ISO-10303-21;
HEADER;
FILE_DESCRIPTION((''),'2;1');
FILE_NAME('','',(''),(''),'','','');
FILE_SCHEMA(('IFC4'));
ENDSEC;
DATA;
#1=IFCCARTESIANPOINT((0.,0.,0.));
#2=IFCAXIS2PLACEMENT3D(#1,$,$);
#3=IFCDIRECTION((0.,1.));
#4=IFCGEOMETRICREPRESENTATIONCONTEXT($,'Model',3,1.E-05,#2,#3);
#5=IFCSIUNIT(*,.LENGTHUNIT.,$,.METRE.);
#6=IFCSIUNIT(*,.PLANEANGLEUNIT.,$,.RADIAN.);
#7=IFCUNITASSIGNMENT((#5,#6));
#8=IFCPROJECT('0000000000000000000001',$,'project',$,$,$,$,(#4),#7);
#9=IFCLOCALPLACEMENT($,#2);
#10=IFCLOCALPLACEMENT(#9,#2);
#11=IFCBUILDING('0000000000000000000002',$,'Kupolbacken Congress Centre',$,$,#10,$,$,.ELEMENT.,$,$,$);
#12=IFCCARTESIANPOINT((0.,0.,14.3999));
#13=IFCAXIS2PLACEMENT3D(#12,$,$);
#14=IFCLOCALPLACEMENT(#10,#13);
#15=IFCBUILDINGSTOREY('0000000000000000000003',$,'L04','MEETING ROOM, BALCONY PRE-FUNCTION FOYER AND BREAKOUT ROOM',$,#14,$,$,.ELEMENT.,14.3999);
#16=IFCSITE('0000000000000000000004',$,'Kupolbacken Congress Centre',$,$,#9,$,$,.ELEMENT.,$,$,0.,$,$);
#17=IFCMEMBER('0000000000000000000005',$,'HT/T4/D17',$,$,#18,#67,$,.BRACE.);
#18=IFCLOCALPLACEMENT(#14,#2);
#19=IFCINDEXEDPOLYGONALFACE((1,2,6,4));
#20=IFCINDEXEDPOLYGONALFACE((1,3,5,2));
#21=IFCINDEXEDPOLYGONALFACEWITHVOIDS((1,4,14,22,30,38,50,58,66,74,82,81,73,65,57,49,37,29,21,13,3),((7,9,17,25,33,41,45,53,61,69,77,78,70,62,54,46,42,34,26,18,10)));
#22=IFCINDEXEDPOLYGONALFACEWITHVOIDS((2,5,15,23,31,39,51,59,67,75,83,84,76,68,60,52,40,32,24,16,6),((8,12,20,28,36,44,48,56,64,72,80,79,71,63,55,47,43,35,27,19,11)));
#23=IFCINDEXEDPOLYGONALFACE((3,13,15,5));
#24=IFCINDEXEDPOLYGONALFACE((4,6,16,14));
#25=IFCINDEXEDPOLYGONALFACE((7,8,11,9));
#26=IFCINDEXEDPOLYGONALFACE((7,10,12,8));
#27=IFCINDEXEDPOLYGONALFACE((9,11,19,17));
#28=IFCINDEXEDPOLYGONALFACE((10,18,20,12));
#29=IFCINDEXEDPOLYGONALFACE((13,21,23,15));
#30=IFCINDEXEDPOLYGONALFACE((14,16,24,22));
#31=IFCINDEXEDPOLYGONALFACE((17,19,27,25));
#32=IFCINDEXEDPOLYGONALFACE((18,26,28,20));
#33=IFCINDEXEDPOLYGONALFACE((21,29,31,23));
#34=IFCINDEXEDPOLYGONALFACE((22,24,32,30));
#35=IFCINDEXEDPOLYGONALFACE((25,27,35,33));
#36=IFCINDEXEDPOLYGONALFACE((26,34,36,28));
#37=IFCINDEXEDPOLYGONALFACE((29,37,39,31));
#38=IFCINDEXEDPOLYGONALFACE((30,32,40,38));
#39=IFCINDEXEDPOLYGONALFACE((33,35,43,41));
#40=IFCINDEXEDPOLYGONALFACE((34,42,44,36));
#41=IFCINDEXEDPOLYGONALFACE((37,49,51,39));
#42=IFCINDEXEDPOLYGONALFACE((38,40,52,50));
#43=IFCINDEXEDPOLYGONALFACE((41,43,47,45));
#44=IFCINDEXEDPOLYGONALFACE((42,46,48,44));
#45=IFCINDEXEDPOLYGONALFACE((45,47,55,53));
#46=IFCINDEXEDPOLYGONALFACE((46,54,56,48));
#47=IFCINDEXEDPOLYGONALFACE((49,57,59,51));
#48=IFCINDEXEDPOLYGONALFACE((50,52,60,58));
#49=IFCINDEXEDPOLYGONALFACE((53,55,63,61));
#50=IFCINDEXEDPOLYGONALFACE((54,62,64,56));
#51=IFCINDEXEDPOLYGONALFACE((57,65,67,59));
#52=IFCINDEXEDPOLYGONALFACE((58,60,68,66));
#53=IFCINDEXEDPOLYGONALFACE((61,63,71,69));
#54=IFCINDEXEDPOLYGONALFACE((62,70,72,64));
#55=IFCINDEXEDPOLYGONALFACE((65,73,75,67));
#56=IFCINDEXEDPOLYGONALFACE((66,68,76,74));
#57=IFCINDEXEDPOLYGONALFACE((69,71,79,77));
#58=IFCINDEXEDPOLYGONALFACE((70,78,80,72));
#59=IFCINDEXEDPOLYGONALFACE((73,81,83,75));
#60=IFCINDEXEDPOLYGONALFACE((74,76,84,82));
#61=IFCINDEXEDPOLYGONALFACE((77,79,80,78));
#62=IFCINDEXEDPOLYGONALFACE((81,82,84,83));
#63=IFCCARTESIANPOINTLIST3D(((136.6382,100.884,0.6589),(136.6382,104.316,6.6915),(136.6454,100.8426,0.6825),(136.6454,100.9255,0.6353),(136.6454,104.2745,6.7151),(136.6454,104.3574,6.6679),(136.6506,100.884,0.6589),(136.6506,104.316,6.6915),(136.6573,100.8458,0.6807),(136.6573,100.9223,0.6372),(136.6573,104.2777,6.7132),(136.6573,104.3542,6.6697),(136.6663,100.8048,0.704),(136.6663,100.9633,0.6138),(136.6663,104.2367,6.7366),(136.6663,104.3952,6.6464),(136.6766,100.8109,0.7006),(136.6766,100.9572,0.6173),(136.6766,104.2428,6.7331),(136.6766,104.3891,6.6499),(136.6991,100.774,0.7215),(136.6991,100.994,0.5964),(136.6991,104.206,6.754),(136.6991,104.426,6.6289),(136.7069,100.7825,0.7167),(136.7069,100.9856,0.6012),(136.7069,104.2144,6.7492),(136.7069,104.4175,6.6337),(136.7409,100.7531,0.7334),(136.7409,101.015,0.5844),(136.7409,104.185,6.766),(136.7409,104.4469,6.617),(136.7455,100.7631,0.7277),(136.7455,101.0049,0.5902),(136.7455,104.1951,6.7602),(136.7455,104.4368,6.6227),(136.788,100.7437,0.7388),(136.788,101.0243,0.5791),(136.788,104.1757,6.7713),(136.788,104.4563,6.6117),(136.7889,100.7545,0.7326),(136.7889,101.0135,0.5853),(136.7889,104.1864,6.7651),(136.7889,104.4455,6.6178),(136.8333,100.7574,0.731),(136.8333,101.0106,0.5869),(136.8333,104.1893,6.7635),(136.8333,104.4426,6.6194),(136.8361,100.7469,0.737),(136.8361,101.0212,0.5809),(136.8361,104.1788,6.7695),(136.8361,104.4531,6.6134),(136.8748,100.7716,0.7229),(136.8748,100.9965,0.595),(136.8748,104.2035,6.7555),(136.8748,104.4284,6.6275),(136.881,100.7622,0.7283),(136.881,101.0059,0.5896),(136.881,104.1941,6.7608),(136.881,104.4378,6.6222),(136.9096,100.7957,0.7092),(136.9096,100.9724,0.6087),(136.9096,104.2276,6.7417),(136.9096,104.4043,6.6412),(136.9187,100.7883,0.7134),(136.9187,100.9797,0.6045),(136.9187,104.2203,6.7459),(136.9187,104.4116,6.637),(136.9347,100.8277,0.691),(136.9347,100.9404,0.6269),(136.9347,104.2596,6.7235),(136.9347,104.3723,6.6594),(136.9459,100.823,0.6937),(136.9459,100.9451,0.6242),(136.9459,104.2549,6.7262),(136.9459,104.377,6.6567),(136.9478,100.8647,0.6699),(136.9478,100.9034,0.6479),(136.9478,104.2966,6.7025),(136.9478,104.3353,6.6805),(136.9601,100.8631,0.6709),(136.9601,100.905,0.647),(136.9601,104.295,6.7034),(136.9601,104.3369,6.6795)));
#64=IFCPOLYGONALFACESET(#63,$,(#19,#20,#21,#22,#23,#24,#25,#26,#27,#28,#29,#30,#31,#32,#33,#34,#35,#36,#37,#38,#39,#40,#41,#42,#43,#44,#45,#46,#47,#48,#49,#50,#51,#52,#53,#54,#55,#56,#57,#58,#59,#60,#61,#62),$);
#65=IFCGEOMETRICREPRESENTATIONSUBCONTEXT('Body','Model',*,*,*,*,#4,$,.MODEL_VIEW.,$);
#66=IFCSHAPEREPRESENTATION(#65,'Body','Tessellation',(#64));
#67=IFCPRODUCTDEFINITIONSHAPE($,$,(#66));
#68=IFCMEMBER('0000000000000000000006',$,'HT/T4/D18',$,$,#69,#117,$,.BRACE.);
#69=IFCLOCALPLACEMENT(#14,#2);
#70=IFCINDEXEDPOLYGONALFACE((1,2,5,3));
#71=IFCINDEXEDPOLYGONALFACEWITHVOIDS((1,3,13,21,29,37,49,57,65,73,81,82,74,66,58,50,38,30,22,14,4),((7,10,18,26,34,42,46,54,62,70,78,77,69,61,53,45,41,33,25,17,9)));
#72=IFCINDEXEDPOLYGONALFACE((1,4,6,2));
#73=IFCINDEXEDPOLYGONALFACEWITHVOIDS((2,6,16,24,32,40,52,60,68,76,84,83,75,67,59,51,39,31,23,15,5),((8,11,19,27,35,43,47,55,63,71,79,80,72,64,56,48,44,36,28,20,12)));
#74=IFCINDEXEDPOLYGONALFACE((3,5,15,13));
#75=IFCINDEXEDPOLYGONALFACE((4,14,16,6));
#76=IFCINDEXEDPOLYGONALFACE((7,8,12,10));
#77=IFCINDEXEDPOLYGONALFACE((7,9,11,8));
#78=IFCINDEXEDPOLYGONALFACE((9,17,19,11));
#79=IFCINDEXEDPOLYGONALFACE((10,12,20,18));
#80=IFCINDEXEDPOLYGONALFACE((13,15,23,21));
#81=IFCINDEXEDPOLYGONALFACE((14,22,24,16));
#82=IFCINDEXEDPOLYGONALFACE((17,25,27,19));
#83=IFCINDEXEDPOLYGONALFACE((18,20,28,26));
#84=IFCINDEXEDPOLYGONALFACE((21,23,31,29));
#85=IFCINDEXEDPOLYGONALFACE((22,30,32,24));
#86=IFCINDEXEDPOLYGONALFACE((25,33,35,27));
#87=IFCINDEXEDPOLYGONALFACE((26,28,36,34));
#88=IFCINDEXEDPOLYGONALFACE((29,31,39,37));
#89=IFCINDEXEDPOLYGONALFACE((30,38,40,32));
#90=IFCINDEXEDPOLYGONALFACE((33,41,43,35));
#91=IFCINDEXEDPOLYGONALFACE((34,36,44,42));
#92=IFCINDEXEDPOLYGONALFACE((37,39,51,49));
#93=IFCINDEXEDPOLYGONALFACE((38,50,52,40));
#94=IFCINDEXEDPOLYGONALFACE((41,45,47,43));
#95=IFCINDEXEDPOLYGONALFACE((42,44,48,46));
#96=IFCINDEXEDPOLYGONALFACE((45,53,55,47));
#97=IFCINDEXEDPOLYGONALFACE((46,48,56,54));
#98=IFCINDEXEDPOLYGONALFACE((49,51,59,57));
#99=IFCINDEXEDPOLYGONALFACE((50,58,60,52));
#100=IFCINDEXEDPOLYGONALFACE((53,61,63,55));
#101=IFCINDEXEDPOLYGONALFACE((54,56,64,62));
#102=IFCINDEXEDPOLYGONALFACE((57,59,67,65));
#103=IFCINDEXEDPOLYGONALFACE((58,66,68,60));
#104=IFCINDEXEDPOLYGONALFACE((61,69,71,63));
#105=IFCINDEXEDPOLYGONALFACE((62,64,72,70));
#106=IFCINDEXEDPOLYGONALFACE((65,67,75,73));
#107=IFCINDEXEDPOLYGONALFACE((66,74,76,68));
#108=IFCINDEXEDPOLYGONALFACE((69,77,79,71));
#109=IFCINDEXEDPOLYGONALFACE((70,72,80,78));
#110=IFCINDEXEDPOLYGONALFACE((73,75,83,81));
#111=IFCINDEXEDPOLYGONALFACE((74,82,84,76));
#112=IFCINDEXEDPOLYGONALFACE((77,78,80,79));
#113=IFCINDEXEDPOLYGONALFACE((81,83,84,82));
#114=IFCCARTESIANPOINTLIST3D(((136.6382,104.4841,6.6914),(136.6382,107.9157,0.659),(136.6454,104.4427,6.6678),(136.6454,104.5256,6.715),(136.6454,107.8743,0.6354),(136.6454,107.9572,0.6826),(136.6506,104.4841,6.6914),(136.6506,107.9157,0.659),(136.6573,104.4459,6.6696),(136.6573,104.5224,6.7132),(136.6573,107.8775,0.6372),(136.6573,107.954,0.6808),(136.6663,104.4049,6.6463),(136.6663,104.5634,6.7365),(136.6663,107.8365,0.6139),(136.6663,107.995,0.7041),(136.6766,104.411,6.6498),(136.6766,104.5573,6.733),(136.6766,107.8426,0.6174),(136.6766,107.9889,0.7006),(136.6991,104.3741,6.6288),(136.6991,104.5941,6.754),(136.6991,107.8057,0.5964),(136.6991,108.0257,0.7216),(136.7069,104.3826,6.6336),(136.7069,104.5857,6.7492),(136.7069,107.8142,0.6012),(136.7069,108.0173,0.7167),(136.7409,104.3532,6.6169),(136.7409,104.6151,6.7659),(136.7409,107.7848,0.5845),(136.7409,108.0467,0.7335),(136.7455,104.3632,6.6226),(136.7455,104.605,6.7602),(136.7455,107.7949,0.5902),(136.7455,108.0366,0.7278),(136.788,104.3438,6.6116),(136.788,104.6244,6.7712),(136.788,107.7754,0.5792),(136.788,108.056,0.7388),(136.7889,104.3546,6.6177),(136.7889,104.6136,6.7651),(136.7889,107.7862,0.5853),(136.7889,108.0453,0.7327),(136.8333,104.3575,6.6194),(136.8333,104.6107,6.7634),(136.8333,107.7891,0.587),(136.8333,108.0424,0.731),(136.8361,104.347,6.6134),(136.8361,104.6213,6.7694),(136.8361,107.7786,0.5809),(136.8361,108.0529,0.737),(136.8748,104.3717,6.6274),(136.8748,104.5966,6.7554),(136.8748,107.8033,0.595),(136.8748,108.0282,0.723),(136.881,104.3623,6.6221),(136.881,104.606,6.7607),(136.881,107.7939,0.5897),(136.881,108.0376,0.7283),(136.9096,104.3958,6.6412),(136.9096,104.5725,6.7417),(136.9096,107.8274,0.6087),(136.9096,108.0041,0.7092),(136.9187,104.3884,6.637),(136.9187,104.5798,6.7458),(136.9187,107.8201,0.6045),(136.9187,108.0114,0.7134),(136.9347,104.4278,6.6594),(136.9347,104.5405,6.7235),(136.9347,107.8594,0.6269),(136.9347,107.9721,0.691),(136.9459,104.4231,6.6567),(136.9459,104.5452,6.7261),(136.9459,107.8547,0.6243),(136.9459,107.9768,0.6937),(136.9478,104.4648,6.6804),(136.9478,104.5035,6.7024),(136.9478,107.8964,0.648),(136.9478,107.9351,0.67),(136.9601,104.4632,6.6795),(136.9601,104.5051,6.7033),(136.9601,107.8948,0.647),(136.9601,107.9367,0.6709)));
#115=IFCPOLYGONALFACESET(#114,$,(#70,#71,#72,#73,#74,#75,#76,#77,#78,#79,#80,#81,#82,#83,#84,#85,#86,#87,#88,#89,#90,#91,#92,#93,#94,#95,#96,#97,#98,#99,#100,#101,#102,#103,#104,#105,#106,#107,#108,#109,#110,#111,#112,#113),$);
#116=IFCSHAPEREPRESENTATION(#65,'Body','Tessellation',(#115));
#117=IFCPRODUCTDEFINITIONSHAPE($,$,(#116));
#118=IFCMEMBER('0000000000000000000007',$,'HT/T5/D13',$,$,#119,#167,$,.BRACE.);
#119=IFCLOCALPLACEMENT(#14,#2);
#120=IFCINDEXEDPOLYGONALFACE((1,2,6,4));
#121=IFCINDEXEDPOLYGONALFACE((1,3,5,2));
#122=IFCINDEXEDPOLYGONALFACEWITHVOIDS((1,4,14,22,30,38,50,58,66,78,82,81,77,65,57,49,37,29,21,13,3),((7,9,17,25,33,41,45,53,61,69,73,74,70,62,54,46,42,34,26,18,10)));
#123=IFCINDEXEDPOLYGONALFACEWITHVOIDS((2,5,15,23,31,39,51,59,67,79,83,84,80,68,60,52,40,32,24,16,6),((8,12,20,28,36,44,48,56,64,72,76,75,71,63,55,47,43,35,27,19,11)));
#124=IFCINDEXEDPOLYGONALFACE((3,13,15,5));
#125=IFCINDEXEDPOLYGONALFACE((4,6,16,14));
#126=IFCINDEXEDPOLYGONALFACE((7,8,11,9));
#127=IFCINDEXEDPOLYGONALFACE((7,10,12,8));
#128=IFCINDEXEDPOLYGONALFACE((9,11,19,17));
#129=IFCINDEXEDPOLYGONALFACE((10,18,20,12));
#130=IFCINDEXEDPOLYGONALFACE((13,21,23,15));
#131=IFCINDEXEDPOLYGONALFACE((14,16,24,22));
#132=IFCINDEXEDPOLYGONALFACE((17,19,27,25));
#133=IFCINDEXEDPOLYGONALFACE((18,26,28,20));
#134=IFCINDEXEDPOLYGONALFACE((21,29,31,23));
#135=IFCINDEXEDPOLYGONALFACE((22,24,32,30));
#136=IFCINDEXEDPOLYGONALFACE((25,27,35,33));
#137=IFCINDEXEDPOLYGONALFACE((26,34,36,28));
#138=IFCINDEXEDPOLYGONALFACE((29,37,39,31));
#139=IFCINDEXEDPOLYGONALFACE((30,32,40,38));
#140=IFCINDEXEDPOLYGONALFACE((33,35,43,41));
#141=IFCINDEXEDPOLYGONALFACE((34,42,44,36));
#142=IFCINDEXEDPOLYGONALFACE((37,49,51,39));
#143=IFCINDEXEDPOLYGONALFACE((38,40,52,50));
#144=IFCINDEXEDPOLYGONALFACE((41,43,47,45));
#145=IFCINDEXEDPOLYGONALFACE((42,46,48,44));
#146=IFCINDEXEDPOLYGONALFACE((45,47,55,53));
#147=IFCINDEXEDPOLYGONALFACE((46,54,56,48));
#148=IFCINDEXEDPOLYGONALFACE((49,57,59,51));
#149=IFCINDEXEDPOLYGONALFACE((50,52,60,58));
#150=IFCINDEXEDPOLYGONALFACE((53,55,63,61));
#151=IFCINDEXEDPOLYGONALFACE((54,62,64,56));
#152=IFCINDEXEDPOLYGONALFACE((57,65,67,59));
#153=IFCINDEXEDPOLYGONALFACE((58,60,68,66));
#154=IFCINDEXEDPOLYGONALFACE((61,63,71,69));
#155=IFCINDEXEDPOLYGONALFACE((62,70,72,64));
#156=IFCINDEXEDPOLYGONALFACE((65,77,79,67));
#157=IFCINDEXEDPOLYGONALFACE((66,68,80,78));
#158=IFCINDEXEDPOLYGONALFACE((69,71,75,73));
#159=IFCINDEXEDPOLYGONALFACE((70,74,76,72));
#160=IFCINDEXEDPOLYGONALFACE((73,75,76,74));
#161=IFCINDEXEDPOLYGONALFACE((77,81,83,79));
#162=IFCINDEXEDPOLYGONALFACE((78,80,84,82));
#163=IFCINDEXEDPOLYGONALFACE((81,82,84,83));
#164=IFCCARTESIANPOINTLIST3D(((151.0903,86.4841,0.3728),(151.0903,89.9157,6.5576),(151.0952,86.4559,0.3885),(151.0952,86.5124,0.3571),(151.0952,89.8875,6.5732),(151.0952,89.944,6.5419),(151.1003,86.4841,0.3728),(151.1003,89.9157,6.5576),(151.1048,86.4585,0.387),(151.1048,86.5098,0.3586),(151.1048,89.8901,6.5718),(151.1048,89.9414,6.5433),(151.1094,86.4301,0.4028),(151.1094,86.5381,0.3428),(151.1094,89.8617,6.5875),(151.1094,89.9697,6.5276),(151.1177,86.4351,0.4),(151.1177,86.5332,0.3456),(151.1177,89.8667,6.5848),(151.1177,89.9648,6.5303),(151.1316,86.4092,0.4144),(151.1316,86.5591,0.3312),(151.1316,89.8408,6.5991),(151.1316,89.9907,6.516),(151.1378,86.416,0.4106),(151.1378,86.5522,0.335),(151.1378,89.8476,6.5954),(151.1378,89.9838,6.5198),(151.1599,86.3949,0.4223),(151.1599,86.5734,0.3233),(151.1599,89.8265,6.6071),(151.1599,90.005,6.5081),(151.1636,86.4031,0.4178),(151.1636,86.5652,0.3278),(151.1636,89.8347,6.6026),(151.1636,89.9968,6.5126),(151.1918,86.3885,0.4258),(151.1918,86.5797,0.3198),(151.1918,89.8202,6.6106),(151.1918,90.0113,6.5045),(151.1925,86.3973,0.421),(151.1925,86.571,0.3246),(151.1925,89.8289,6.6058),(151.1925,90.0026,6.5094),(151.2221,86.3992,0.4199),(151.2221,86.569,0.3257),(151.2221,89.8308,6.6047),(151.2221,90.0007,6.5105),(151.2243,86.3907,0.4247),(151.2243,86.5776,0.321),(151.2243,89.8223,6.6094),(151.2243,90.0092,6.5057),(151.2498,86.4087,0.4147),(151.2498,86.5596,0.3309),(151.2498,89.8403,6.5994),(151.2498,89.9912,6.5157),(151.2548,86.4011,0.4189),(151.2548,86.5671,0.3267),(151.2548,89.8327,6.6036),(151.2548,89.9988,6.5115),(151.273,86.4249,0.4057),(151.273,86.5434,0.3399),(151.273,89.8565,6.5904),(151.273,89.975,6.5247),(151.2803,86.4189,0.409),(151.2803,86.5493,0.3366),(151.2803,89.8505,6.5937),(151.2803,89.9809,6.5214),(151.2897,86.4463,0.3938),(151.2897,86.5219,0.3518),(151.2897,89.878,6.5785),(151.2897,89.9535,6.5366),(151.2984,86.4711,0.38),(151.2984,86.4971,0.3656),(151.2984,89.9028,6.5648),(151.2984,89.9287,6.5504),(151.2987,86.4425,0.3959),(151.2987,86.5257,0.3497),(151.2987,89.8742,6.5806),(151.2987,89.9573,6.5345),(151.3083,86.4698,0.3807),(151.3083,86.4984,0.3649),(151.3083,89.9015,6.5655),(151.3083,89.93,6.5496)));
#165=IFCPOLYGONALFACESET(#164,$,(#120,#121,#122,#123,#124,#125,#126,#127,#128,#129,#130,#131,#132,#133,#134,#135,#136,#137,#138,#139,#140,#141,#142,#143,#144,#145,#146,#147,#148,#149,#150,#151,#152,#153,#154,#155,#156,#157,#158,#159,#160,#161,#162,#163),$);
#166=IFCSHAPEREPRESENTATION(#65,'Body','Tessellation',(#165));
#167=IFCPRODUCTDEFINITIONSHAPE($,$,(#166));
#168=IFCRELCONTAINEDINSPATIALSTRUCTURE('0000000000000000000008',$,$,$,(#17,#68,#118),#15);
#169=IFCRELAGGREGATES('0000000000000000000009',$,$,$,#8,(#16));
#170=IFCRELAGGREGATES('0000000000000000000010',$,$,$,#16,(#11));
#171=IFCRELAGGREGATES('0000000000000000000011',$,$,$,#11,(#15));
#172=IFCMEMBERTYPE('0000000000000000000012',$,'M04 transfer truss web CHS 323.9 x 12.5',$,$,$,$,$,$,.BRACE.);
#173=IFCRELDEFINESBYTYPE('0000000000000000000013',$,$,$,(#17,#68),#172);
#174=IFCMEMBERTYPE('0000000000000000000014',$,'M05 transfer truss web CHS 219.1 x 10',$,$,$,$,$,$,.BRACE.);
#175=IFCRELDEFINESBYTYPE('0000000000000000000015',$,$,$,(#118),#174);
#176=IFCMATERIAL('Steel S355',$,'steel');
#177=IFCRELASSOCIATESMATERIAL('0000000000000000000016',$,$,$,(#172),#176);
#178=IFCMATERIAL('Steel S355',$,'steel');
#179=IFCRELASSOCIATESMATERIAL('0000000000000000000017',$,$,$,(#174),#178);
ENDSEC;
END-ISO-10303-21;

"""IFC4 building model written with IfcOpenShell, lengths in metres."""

from ifc_helpers import new_model, si_unit, direction, frame, origin, origin_2d, place, context, subcontext, project, spatial, hollow_circle, extrude, material, material_profile, profile_set, type_object, element, save


model = new_model("IFC4")

# Units and contexts
model_context = context("Model", 3, precision=1e-05, world=origin(), true_north=direction((0.0, 1.0)))
body_context = subcontext(model_context, "Body", "Model", "MODEL_VIEW")
ifc_project = project(units=[si_unit("LENGTHUNIT", "METRE"), si_unit("PLANEANGLEUNIT", "RADIAN")], contexts=[model_context])

# Site, building, storey
site_placement = place(None, origin())
site = spatial("IfcSite", under=ifc_project, at=site_placement, Name="Kupolbacken Congress Centre", CompositionType="ELEMENT", RefElevation=0.0)
building_placement = place(site_placement, origin())
building = spatial("IfcBuilding", under=site, at=building_placement, Name="Kupolbacken Congress Centre", CompositionType="ELEMENT")
storey_placement = place(building_placement, frame((0.0, 0.0, 14.3999)))
storey = spatial("IfcBuildingStorey", under=building, at=storey_placement, Name="L04", Description="MEETING ROOM, BALCONY PRE-FUNCTION FOYER AND BREAKOUT ROOM", CompositionType="ELEMENT", Elevation=14.3999)

# Members
ifc_material_1 = material(Name="Steel S355", Category="steel")
ifc_material_profile_1 = material_profile(ifc_material_1, hollow_circle(Radius=0.1619, WallThickness=0.0125, at=origin_2d()), Name="CHS 323.9 x 12.5")
ifc_profile_set_1 = profile_set([ifc_material_profile_1], Name="Steel S355")
member_type_1 = type_object("IfcMemberType", Name="M04 transfer truss web CHS 323.9 x 12.5", PredefinedType="BRACE", material=ifc_profile_set_1)
member_1_placement = place(storey_placement, frame((136.8, 100.884, 0.6589), z_axis=(0.0, 0.494483, 0.869188), x_axis=(-1.0, 0.0, 0.0)))
element("IfcMember", 1, at=member_1_placement, inside=storey, type_object=member_type_1, Name="HT/T4/D17", PredefinedType="BRACE", context=body_context, shape_type="SweptSolid", body=[
    extrude(hollow_circle(Radius=0.1619, WallThickness=0.0125, at=origin_2d()), origin(), (0.0, 0.0, 1.0), 6.9404),
])
member_2_placement = place(storey_placement, frame((136.8, 104.4841, 6.6914), z_axis=(0.0, 0.494456, -0.869203), x_axis=(-1.0, 0.0, 0.0)))
element("IfcMember", 2, at=member_2_placement, inside=storey, type_object=member_type_1, Name="HT/T4/D18", PredefinedType="BRACE", context=body_context, shape_type="SweptSolid", body=[
    extrude(hollow_circle(Radius=0.1619, WallThickness=0.0125, at=origin_2d()), origin(), (0.0, 0.0, 1.0), 6.9402),
])
ifc_material_2 = material(Name="Steel S355", Category="steel")
ifc_material_profile_2 = material_profile(ifc_material_2, hollow_circle(Radius=0.1096, WallThickness=0.01, at=origin_2d()), Name="CHS 219.1 x 10")
ifc_profile_set_2 = profile_set([ifc_material_profile_2], Name="Steel S355")
member_type_2 = type_object("IfcMemberType", Name="M05 transfer truss web CHS 219.1 x 10", PredefinedType="BRACE", material=ifc_profile_set_2)
for number, where, z_axis, x_axis, name in (
    (3, (151.2, 86.4841, 0.3728), (0.0, 0.485171, 0.874419), (-1.0, 0.0, 0.0), "HT/T5/D13"),
):
    element("IfcMember", number, at=place(storey_placement, frame(where, z_axis=z_axis, x_axis=x_axis)), inside=storey, type_object=member_type_2, Name=name, PredefinedType="BRACE", context=body_context, shape_type="SweptSolid", body=[
        extrude(hollow_circle(Radius=0.1096, WallThickness=0.01, at=origin_2d()), origin(), (0.0, 0.0, 1.0), 7.073),
    ])

save(model, "model.ifc")
